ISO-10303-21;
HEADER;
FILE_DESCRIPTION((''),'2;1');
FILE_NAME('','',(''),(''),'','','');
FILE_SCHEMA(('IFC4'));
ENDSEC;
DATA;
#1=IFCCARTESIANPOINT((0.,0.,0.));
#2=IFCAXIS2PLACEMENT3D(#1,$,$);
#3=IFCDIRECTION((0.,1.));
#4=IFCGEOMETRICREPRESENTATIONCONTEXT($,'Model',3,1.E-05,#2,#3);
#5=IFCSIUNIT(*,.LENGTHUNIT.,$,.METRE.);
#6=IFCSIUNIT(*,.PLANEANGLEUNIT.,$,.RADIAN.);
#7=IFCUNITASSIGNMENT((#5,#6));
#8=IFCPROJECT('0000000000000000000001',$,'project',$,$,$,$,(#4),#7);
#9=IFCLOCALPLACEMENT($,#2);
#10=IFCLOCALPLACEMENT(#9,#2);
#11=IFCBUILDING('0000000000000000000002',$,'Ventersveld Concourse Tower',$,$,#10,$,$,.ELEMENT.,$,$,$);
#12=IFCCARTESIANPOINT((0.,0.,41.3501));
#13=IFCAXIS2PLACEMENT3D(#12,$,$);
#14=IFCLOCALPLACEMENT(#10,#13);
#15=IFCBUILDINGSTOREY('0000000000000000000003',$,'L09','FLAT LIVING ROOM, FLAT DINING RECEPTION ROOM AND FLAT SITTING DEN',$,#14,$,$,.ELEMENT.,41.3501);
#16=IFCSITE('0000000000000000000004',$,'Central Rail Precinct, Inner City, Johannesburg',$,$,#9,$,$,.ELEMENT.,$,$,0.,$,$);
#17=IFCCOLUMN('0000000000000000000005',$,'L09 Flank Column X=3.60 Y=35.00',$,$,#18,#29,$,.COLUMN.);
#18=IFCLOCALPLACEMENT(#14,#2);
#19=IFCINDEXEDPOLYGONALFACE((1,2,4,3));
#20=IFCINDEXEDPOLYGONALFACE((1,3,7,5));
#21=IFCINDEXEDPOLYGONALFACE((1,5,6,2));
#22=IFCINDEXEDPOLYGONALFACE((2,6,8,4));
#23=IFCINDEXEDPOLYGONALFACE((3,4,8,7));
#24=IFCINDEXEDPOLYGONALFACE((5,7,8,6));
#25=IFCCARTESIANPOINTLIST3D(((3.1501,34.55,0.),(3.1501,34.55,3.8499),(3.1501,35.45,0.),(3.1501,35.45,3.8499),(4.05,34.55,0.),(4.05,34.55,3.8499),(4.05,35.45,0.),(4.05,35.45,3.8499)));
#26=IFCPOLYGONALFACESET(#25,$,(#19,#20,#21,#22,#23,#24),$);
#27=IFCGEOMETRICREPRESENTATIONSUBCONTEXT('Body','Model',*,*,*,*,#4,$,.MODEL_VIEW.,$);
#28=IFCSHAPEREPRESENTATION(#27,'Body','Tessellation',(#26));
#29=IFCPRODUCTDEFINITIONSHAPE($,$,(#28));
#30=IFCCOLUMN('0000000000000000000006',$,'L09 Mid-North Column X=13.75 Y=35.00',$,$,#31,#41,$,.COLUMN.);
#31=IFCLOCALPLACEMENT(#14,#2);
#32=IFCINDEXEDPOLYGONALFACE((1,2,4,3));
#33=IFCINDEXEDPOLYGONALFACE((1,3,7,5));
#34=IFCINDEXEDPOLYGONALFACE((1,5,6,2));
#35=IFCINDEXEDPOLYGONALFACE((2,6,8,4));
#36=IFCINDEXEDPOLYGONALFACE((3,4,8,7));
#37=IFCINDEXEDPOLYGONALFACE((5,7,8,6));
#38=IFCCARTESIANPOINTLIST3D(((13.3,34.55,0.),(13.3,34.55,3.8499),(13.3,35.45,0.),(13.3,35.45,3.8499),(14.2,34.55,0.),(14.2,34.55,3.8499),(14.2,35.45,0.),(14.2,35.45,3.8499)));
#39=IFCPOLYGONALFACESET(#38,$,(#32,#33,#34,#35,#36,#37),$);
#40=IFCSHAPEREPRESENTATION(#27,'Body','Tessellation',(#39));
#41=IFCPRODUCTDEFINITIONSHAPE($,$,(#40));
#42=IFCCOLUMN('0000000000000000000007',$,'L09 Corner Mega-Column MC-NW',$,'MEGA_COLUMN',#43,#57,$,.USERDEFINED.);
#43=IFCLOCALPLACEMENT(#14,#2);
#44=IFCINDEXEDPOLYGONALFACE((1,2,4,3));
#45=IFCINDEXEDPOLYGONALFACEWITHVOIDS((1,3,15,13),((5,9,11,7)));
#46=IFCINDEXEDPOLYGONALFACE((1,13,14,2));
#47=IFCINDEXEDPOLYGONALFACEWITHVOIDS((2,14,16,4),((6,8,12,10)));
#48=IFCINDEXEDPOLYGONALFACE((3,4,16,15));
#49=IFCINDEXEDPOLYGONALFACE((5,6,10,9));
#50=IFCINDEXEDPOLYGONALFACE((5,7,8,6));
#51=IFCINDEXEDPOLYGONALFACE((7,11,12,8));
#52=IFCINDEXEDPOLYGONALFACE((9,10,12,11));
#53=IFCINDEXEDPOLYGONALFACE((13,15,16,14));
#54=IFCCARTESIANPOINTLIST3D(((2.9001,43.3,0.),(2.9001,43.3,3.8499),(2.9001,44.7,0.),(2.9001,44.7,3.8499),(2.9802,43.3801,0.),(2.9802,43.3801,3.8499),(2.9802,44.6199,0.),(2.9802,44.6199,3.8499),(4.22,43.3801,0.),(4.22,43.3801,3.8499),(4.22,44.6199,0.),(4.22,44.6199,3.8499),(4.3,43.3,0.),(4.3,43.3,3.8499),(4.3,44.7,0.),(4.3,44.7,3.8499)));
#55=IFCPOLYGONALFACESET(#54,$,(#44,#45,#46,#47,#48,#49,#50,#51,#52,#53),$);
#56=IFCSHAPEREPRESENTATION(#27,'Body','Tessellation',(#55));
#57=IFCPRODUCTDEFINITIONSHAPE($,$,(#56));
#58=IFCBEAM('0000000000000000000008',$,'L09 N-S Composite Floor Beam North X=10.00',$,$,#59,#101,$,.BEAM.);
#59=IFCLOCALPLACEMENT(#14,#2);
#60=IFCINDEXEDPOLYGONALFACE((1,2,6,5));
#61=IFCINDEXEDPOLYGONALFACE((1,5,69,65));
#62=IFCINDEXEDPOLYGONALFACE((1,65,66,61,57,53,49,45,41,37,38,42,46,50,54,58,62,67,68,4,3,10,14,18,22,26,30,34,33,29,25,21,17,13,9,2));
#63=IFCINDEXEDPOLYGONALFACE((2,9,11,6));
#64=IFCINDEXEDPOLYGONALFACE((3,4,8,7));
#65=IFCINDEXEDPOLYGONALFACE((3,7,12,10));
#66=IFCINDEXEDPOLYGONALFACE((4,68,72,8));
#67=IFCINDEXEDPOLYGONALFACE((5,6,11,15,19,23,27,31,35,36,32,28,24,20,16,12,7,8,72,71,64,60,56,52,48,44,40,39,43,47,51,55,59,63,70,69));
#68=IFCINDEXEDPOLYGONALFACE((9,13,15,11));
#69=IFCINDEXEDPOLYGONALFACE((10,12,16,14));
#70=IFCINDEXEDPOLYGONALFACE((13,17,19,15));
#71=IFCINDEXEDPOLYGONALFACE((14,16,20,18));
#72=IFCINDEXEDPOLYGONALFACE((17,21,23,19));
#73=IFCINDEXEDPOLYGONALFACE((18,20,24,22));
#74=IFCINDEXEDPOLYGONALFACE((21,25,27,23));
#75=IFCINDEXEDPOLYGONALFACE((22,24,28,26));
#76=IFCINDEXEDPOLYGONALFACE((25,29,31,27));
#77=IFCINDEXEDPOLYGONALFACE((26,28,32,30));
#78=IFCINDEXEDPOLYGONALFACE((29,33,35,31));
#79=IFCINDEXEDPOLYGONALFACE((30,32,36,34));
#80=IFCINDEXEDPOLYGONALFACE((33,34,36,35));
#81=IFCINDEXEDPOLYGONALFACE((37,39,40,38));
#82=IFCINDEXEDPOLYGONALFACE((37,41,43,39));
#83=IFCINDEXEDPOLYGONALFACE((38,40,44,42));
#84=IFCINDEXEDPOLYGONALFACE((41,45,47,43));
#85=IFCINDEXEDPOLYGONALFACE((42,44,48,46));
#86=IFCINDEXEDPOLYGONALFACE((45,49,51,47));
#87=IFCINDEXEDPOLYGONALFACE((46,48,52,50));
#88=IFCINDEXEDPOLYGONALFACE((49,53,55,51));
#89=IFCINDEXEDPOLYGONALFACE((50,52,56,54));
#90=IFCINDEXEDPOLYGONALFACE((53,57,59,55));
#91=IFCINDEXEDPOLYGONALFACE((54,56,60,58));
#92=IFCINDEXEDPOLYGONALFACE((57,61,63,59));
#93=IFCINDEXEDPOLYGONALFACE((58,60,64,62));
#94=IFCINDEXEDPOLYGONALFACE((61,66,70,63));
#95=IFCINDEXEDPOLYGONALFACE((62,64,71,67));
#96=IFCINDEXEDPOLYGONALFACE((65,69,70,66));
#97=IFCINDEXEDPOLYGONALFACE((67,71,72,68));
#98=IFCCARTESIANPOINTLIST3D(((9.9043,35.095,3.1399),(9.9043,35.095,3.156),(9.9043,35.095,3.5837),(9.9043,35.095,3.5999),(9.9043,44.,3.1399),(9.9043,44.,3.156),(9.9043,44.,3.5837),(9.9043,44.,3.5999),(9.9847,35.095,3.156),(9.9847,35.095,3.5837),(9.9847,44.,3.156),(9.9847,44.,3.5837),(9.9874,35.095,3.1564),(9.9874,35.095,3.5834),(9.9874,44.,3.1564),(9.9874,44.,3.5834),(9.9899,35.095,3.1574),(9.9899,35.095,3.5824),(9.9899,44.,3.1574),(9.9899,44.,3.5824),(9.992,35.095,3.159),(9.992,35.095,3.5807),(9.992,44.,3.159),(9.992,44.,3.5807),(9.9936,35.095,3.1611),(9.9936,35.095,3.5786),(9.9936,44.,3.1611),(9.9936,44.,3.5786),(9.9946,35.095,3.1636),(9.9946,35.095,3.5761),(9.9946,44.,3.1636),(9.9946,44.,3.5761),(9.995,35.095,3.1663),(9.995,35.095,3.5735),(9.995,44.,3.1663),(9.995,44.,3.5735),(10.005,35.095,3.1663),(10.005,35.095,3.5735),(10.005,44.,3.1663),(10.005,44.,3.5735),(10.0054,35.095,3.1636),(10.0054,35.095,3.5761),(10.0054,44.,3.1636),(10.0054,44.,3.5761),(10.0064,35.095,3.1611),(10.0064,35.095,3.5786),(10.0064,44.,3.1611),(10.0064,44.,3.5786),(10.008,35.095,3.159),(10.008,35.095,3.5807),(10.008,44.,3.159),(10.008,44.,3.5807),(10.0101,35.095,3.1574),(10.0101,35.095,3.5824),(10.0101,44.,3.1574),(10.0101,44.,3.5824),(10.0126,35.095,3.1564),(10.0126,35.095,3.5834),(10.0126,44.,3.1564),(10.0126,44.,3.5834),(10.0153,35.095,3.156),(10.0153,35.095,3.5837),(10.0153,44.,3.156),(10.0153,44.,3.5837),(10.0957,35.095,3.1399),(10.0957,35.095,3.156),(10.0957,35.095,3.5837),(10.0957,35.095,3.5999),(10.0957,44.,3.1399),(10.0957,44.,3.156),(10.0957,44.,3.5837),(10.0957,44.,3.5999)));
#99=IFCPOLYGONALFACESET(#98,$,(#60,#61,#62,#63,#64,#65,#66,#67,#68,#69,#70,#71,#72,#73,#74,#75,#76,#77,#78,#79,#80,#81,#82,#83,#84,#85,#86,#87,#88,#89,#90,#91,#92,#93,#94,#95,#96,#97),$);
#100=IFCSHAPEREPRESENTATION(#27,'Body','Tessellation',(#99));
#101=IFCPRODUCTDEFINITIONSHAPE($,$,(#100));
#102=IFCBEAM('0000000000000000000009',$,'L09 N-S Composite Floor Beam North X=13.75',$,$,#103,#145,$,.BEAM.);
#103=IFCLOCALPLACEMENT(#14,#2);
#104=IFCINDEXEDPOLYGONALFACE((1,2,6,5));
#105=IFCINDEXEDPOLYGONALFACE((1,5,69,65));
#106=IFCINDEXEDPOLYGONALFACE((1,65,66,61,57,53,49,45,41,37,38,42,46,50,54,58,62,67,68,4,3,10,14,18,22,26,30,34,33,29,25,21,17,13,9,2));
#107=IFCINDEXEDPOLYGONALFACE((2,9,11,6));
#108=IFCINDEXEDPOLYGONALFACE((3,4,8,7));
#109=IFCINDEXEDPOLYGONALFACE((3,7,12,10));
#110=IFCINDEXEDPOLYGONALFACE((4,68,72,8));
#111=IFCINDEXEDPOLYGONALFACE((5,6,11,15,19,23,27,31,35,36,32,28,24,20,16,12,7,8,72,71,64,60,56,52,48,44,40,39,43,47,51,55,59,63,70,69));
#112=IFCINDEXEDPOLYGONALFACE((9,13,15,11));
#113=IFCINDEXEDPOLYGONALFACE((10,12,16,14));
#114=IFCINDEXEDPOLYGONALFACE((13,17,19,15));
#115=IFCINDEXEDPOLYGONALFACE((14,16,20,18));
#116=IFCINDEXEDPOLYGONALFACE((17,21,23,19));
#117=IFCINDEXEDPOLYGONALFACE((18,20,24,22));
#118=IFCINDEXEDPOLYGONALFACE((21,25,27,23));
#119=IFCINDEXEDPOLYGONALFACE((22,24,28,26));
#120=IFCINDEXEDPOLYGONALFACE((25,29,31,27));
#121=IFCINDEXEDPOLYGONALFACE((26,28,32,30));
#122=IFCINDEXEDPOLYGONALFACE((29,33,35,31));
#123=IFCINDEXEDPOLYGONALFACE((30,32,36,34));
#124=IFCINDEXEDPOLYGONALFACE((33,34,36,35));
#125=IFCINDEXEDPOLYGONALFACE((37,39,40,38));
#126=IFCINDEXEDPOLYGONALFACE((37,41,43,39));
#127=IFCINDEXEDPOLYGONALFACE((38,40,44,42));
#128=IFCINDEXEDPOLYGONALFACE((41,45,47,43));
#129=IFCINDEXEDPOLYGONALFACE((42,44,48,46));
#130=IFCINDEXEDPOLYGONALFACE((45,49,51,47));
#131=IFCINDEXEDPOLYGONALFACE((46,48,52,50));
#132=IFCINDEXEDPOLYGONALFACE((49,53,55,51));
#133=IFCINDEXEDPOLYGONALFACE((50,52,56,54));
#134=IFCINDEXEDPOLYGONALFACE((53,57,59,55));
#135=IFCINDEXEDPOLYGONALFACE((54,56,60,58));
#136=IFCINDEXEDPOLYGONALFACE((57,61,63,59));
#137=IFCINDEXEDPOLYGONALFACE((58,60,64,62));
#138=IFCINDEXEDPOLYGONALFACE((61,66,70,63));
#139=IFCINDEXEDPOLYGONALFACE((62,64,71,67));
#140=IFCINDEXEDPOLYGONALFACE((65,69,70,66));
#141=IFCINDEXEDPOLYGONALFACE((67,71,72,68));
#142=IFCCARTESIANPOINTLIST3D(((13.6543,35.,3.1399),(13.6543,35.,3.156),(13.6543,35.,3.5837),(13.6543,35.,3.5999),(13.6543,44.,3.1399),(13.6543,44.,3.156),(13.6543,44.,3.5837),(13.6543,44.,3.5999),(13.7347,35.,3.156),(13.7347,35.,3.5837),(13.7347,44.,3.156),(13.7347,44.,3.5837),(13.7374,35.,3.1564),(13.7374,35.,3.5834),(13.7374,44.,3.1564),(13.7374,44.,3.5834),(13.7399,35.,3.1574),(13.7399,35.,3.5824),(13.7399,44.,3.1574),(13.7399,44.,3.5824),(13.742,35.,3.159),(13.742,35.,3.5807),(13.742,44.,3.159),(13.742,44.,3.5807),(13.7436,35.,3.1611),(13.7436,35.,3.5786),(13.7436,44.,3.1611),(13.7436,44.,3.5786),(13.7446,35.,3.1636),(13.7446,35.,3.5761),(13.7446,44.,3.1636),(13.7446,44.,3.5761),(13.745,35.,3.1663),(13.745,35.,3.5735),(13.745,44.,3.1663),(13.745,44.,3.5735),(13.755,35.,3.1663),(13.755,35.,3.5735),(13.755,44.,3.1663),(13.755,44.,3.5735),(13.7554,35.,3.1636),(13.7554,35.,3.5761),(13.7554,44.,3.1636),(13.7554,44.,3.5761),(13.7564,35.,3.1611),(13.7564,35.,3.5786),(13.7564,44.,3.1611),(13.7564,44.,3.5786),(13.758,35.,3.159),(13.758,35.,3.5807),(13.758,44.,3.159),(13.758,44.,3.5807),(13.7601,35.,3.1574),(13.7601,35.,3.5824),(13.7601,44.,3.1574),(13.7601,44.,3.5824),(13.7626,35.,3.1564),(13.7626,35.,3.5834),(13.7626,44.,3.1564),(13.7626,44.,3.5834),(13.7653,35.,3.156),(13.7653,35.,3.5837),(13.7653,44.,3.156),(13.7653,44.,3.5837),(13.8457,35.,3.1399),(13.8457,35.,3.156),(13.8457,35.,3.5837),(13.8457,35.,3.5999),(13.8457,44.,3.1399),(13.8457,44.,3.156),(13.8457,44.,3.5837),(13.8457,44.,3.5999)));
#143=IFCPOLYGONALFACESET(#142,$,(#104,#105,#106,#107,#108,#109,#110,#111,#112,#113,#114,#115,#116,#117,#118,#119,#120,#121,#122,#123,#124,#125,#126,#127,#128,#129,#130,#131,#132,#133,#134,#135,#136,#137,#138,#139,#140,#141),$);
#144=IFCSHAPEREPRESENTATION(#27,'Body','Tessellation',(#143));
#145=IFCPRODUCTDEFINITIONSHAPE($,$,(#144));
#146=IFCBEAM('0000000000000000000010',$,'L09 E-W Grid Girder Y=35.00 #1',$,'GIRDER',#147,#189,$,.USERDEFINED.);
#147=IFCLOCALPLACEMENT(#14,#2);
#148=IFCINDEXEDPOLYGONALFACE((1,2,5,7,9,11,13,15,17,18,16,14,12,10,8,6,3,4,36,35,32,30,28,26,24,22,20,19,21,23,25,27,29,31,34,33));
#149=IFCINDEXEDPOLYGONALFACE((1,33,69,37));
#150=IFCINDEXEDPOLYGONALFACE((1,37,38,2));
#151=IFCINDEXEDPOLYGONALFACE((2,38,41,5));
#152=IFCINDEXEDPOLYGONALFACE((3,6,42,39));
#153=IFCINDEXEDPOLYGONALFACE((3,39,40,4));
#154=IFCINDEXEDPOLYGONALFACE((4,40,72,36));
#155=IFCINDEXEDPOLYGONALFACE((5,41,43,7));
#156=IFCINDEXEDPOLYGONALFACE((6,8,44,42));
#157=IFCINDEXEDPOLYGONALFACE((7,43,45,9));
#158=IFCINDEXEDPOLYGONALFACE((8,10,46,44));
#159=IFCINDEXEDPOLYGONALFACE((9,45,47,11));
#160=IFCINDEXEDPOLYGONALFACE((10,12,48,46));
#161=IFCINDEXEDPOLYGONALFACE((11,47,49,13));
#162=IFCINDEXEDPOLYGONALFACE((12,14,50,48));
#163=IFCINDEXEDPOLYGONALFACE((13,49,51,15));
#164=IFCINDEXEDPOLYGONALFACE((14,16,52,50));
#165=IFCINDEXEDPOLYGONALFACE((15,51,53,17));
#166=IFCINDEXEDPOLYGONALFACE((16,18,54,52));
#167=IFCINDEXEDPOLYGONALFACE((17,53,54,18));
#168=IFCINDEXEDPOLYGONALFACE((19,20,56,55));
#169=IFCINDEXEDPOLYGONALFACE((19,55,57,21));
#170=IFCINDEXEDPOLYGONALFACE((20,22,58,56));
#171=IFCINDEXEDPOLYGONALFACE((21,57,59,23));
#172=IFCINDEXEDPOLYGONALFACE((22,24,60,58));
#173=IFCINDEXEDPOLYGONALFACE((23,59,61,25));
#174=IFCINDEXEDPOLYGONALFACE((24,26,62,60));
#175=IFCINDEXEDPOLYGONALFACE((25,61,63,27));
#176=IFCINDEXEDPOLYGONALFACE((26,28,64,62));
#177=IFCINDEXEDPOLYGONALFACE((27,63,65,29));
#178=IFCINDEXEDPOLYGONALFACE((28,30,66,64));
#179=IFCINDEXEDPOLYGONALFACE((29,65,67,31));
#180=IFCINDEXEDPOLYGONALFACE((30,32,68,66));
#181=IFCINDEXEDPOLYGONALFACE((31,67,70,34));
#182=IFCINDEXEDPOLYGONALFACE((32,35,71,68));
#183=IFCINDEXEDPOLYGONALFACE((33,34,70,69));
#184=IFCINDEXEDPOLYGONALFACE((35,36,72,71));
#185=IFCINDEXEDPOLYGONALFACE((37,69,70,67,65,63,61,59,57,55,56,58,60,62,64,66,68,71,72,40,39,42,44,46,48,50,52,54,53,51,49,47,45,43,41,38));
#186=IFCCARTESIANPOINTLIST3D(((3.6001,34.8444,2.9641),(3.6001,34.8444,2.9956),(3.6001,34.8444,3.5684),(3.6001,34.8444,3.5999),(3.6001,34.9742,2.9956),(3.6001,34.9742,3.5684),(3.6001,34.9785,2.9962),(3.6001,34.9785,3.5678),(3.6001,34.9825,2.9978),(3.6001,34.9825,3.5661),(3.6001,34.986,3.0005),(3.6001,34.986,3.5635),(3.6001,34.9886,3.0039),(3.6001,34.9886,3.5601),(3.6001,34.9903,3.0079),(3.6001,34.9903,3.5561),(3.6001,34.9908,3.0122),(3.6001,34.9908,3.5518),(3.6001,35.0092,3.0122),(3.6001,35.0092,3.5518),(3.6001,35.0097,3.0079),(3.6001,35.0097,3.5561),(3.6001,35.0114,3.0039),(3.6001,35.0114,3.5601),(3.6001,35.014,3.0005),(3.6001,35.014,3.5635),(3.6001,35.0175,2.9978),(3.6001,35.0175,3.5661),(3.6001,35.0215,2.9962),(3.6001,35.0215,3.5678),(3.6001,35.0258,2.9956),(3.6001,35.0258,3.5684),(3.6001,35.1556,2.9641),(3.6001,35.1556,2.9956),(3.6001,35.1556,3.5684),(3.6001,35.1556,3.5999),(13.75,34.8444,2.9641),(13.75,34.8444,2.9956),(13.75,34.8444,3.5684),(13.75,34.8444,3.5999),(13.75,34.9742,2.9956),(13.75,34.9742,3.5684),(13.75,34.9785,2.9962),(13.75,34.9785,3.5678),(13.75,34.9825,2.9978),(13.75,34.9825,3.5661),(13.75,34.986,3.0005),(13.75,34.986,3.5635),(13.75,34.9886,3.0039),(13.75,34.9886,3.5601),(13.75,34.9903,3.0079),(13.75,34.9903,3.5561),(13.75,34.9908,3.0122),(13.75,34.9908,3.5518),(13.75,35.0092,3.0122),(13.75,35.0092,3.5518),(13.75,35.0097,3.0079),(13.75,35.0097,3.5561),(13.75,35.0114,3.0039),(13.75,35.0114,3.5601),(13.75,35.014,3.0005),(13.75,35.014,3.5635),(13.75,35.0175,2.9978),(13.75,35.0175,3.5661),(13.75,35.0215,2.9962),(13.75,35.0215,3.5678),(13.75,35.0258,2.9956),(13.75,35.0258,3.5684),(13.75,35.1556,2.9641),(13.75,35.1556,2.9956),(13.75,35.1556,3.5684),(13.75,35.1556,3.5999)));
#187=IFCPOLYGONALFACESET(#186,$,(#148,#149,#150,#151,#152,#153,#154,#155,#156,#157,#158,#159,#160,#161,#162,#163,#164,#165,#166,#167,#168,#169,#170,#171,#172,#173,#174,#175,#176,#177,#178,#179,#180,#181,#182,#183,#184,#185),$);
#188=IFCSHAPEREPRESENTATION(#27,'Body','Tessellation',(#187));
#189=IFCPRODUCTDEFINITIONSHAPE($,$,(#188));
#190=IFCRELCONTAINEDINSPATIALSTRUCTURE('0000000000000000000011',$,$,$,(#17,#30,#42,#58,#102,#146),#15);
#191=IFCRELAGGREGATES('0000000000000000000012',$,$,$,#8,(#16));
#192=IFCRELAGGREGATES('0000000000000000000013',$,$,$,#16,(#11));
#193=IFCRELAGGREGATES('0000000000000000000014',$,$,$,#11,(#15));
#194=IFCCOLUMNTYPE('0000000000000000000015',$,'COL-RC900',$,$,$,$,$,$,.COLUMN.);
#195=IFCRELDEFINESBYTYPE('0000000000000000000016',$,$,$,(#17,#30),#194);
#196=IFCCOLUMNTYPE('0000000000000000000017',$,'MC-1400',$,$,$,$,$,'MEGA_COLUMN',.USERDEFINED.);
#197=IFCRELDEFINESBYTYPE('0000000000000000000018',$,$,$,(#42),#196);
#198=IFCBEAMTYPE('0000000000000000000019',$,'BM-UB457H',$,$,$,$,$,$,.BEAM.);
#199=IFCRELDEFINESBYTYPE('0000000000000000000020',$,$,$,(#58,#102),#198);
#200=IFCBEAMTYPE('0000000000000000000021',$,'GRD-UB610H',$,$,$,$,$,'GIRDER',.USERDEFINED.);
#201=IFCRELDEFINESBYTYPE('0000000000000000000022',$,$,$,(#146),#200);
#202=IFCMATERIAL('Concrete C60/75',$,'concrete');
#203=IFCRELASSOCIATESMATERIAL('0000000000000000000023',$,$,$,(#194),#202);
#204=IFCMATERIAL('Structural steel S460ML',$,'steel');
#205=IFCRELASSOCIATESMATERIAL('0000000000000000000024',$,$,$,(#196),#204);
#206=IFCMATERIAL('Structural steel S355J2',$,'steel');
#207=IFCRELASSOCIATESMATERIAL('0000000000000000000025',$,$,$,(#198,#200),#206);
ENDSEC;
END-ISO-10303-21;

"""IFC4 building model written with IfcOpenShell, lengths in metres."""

from ifc_helpers import new_model, si_unit, direction, frame, origin, origin_2d, place, context, subcontext, project, spatial, rectangle, hollow_rectangle, i_section, extrude, material, material_profile, profile_set, type_object, element, save


model = new_model("IFC4")

# Units and contexts
model_context = context("Model", 3, precision=1e-05, world=origin(), true_north=direction((0.0, 1.0)))
body_context = subcontext(model_context, "Body", "Model", "MODEL_VIEW")
ifc_project = project(units=[si_unit("LENGTHUNIT", "METRE"), si_unit("PLANEANGLEUNIT", "RADIAN")], contexts=[model_context])

# Site, building, storey
site_placement = place(None, origin())
site = spatial("IfcSite", under=ifc_project, at=site_placement, Name="Central Rail Precinct, Inner City, Johannesburg", CompositionType="ELEMENT", RefElevation=0.0)
building_placement = place(site_placement, origin())
building = spatial("IfcBuilding", under=site, at=building_placement, Name="Ventersveld Concourse Tower", CompositionType="ELEMENT")
storey_placement = place(building_placement, frame((0.0, 0.0, 41.3501)))
storey = spatial("IfcBuildingStorey", under=building, at=storey_placement, Name="L09", Description="FLAT LIVING ROOM, FLAT DINING RECEPTION ROOM AND FLAT SITTING DEN", CompositionType="ELEMENT", Elevation=41.3501)

# Columns
ifc_material_1 = material(Name="Concrete C60/75", Category="concrete")
ifc_material_profile_1 = material_profile(ifc_material_1, rectangle(XDim=0.8999, YDim=0.8999, at=origin_2d()), Name="RC 900x900")
ifc_profile_set_1 = profile_set([ifc_material_profile_1], Name="Concrete C60/75")
column_type_1 = type_object("IfcColumnType", Name="COL-RC900", PredefinedType="COLUMN", material=ifc_profile_set_1)
for number, where, z_axis, x_axis, name in (
    (1, (3.6001, 35.0, 0.0), (0.0, 0.0, 1.0), (1.0, 0.0, 0.0), "L09 Flank Column X=3.60 Y=35.00"),
    (2, (13.75, 35.0, 0.0), (0.0, 0.0, 1.0), (1.0, 0.0, 0.0), "L09 Mid-North Column X=13.75 Y=35.00"),
):
    element("IfcColumn", number, at=place(storey_placement, frame(where, z_axis=z_axis, x_axis=x_axis)), inside=storey, type_object=column_type_1, Name=name, PredefinedType="COLUMN", context=body_context, shape_type="SweptSolid", body=[
        extrude(rectangle(XDim=0.8999, YDim=0.8999, at=origin_2d()), origin(), (0.0, 0.0, 1.0), 3.8499),
    ])
ifc_material_2 = material(Name="Structural steel S460ML", Category="steel")
ifc_material_profile_2 = material_profile(ifc_material_2, hollow_rectangle(XDim=1.3999, YDim=1.3999, WallThickness=0.0801, at=origin_2d()), Name="BOX 1400x1400x80")
ifc_profile_set_2 = profile_set([ifc_material_profile_2], Name="Structural steel S460ML")
column_type_2 = type_object("IfcColumnType", Name="MC-1400", ElementType="MEGA_COLUMN", PredefinedType="USERDEFINED", material=ifc_profile_set_2)
column_placement = place(storey_placement, frame((3.6001, 44.0, 0.0), z_axis=(0.0, 0.0, 1.0), x_axis=(1.0, 0.0, 0.0)))
element("IfcColumn", 3, at=column_placement, inside=storey, type_object=column_type_2, Name="L09 Corner Mega-Column MC-NW", ObjectType="MEGA_COLUMN", PredefinedType="USERDEFINED", context=body_context, shape_type="SweptSolid", body=[
    extrude(hollow_rectangle(XDim=1.3999, YDim=1.3999, WallThickness=0.0801, at=origin_2d()), origin(), (0.0, 0.0, 1.0), 3.8499),
])

# Beams
ifc_material_3 = material(Name="Structural steel S355J2", Category="steel")
ifc_material_profile_3 = material_profile(ifc_material_3, i_section(OverallWidth=0.1914, OverallDepth=0.46, WebThickness=0.01, FlangeThickness=0.0161, FilletRadius=0.0103, at=origin_2d()), Name="UB 457x191x82")
ifc_profile_set_3 = profile_set([ifc_material_profile_3], Name="Structural steel S355J2")
beam_type_1 = type_object("IfcBeamType", Name="BM-UB457H", PredefinedType="BEAM", material=ifc_profile_set_3)
beam_1_placement = place(storey_placement, frame((10.0, 35.095, 3.3699), z_axis=(0.0, 1.0, 0.0), x_axis=(-1.0, 0.0, 0.0)))
element("IfcBeam", 4, at=beam_1_placement, inside=storey, type_object=beam_type_1, Name="L09 N-S Composite Floor Beam North X=10.00", PredefinedType="BEAM", context=body_context, shape_type="SweptSolid", body=[
    extrude(i_section(OverallWidth=0.1914, OverallDepth=0.46, WebThickness=0.01, FlangeThickness=0.0161, FilletRadius=0.0103, at=origin_2d()), origin(), (0.0, 0.0, 1.0), 8.905),
])
beam_2_placement = place(storey_placement, frame((13.75, 35.0, 3.3699), z_axis=(0.0, 1.0, 0.0), x_axis=(-1.0, 0.0, 0.0)))
element("IfcBeam", 5, at=beam_2_placement, inside=storey, type_object=beam_type_1, Name="L09 N-S Composite Floor Beam North X=13.75", PredefinedType="BEAM", context=body_context, shape_type="SweptSolid", body=[
    extrude(i_section(OverallWidth=0.1914, OverallDepth=0.46, WebThickness=0.01, FlangeThickness=0.0161, FilletRadius=0.0103, at=origin_2d()), origin(), (0.0, 0.0, 1.0), 9.0),
])
ifc_material_profile_4 = material_profile(ifc_material_3, i_section(OverallWidth=0.3113, OverallDepth=0.6357, WebThickness=0.0183, FlangeThickness=0.0315, FilletRadius=0.0166, at=origin_2d()), Name="UB 610x305x238")
ifc_profile_set_4 = profile_set([ifc_material_profile_4], Name="Structural steel S355J2")
beam_type_2 = type_object("IfcBeamType", Name="GRD-UB610H", ElementType="GIRDER", PredefinedType="USERDEFINED", material=ifc_profile_set_4)
beam_3_placement = place(storey_placement, frame((3.6001, 35.0, 3.282), z_axis=(1.0, 0.0, 0.0), x_axis=(0.0, 1.0, 0.0)))
element("IfcBeam", 6, at=beam_3_placement, inside=storey, type_object=beam_type_2, Name="L09 E-W Grid Girder Y=35.00 #1", ObjectType="GIRDER", PredefinedType="USERDEFINED", context=body_context, shape_type="SweptSolid", body=[
    extrude(i_section(OverallWidth=0.3113, OverallDepth=0.6357, WebThickness=0.0183, FlangeThickness=0.0315, FilletRadius=0.0166, at=origin_2d()), origin(), (0.0, 0.0, 1.0), 10.1499),
])

save(model, "model.ifc")
